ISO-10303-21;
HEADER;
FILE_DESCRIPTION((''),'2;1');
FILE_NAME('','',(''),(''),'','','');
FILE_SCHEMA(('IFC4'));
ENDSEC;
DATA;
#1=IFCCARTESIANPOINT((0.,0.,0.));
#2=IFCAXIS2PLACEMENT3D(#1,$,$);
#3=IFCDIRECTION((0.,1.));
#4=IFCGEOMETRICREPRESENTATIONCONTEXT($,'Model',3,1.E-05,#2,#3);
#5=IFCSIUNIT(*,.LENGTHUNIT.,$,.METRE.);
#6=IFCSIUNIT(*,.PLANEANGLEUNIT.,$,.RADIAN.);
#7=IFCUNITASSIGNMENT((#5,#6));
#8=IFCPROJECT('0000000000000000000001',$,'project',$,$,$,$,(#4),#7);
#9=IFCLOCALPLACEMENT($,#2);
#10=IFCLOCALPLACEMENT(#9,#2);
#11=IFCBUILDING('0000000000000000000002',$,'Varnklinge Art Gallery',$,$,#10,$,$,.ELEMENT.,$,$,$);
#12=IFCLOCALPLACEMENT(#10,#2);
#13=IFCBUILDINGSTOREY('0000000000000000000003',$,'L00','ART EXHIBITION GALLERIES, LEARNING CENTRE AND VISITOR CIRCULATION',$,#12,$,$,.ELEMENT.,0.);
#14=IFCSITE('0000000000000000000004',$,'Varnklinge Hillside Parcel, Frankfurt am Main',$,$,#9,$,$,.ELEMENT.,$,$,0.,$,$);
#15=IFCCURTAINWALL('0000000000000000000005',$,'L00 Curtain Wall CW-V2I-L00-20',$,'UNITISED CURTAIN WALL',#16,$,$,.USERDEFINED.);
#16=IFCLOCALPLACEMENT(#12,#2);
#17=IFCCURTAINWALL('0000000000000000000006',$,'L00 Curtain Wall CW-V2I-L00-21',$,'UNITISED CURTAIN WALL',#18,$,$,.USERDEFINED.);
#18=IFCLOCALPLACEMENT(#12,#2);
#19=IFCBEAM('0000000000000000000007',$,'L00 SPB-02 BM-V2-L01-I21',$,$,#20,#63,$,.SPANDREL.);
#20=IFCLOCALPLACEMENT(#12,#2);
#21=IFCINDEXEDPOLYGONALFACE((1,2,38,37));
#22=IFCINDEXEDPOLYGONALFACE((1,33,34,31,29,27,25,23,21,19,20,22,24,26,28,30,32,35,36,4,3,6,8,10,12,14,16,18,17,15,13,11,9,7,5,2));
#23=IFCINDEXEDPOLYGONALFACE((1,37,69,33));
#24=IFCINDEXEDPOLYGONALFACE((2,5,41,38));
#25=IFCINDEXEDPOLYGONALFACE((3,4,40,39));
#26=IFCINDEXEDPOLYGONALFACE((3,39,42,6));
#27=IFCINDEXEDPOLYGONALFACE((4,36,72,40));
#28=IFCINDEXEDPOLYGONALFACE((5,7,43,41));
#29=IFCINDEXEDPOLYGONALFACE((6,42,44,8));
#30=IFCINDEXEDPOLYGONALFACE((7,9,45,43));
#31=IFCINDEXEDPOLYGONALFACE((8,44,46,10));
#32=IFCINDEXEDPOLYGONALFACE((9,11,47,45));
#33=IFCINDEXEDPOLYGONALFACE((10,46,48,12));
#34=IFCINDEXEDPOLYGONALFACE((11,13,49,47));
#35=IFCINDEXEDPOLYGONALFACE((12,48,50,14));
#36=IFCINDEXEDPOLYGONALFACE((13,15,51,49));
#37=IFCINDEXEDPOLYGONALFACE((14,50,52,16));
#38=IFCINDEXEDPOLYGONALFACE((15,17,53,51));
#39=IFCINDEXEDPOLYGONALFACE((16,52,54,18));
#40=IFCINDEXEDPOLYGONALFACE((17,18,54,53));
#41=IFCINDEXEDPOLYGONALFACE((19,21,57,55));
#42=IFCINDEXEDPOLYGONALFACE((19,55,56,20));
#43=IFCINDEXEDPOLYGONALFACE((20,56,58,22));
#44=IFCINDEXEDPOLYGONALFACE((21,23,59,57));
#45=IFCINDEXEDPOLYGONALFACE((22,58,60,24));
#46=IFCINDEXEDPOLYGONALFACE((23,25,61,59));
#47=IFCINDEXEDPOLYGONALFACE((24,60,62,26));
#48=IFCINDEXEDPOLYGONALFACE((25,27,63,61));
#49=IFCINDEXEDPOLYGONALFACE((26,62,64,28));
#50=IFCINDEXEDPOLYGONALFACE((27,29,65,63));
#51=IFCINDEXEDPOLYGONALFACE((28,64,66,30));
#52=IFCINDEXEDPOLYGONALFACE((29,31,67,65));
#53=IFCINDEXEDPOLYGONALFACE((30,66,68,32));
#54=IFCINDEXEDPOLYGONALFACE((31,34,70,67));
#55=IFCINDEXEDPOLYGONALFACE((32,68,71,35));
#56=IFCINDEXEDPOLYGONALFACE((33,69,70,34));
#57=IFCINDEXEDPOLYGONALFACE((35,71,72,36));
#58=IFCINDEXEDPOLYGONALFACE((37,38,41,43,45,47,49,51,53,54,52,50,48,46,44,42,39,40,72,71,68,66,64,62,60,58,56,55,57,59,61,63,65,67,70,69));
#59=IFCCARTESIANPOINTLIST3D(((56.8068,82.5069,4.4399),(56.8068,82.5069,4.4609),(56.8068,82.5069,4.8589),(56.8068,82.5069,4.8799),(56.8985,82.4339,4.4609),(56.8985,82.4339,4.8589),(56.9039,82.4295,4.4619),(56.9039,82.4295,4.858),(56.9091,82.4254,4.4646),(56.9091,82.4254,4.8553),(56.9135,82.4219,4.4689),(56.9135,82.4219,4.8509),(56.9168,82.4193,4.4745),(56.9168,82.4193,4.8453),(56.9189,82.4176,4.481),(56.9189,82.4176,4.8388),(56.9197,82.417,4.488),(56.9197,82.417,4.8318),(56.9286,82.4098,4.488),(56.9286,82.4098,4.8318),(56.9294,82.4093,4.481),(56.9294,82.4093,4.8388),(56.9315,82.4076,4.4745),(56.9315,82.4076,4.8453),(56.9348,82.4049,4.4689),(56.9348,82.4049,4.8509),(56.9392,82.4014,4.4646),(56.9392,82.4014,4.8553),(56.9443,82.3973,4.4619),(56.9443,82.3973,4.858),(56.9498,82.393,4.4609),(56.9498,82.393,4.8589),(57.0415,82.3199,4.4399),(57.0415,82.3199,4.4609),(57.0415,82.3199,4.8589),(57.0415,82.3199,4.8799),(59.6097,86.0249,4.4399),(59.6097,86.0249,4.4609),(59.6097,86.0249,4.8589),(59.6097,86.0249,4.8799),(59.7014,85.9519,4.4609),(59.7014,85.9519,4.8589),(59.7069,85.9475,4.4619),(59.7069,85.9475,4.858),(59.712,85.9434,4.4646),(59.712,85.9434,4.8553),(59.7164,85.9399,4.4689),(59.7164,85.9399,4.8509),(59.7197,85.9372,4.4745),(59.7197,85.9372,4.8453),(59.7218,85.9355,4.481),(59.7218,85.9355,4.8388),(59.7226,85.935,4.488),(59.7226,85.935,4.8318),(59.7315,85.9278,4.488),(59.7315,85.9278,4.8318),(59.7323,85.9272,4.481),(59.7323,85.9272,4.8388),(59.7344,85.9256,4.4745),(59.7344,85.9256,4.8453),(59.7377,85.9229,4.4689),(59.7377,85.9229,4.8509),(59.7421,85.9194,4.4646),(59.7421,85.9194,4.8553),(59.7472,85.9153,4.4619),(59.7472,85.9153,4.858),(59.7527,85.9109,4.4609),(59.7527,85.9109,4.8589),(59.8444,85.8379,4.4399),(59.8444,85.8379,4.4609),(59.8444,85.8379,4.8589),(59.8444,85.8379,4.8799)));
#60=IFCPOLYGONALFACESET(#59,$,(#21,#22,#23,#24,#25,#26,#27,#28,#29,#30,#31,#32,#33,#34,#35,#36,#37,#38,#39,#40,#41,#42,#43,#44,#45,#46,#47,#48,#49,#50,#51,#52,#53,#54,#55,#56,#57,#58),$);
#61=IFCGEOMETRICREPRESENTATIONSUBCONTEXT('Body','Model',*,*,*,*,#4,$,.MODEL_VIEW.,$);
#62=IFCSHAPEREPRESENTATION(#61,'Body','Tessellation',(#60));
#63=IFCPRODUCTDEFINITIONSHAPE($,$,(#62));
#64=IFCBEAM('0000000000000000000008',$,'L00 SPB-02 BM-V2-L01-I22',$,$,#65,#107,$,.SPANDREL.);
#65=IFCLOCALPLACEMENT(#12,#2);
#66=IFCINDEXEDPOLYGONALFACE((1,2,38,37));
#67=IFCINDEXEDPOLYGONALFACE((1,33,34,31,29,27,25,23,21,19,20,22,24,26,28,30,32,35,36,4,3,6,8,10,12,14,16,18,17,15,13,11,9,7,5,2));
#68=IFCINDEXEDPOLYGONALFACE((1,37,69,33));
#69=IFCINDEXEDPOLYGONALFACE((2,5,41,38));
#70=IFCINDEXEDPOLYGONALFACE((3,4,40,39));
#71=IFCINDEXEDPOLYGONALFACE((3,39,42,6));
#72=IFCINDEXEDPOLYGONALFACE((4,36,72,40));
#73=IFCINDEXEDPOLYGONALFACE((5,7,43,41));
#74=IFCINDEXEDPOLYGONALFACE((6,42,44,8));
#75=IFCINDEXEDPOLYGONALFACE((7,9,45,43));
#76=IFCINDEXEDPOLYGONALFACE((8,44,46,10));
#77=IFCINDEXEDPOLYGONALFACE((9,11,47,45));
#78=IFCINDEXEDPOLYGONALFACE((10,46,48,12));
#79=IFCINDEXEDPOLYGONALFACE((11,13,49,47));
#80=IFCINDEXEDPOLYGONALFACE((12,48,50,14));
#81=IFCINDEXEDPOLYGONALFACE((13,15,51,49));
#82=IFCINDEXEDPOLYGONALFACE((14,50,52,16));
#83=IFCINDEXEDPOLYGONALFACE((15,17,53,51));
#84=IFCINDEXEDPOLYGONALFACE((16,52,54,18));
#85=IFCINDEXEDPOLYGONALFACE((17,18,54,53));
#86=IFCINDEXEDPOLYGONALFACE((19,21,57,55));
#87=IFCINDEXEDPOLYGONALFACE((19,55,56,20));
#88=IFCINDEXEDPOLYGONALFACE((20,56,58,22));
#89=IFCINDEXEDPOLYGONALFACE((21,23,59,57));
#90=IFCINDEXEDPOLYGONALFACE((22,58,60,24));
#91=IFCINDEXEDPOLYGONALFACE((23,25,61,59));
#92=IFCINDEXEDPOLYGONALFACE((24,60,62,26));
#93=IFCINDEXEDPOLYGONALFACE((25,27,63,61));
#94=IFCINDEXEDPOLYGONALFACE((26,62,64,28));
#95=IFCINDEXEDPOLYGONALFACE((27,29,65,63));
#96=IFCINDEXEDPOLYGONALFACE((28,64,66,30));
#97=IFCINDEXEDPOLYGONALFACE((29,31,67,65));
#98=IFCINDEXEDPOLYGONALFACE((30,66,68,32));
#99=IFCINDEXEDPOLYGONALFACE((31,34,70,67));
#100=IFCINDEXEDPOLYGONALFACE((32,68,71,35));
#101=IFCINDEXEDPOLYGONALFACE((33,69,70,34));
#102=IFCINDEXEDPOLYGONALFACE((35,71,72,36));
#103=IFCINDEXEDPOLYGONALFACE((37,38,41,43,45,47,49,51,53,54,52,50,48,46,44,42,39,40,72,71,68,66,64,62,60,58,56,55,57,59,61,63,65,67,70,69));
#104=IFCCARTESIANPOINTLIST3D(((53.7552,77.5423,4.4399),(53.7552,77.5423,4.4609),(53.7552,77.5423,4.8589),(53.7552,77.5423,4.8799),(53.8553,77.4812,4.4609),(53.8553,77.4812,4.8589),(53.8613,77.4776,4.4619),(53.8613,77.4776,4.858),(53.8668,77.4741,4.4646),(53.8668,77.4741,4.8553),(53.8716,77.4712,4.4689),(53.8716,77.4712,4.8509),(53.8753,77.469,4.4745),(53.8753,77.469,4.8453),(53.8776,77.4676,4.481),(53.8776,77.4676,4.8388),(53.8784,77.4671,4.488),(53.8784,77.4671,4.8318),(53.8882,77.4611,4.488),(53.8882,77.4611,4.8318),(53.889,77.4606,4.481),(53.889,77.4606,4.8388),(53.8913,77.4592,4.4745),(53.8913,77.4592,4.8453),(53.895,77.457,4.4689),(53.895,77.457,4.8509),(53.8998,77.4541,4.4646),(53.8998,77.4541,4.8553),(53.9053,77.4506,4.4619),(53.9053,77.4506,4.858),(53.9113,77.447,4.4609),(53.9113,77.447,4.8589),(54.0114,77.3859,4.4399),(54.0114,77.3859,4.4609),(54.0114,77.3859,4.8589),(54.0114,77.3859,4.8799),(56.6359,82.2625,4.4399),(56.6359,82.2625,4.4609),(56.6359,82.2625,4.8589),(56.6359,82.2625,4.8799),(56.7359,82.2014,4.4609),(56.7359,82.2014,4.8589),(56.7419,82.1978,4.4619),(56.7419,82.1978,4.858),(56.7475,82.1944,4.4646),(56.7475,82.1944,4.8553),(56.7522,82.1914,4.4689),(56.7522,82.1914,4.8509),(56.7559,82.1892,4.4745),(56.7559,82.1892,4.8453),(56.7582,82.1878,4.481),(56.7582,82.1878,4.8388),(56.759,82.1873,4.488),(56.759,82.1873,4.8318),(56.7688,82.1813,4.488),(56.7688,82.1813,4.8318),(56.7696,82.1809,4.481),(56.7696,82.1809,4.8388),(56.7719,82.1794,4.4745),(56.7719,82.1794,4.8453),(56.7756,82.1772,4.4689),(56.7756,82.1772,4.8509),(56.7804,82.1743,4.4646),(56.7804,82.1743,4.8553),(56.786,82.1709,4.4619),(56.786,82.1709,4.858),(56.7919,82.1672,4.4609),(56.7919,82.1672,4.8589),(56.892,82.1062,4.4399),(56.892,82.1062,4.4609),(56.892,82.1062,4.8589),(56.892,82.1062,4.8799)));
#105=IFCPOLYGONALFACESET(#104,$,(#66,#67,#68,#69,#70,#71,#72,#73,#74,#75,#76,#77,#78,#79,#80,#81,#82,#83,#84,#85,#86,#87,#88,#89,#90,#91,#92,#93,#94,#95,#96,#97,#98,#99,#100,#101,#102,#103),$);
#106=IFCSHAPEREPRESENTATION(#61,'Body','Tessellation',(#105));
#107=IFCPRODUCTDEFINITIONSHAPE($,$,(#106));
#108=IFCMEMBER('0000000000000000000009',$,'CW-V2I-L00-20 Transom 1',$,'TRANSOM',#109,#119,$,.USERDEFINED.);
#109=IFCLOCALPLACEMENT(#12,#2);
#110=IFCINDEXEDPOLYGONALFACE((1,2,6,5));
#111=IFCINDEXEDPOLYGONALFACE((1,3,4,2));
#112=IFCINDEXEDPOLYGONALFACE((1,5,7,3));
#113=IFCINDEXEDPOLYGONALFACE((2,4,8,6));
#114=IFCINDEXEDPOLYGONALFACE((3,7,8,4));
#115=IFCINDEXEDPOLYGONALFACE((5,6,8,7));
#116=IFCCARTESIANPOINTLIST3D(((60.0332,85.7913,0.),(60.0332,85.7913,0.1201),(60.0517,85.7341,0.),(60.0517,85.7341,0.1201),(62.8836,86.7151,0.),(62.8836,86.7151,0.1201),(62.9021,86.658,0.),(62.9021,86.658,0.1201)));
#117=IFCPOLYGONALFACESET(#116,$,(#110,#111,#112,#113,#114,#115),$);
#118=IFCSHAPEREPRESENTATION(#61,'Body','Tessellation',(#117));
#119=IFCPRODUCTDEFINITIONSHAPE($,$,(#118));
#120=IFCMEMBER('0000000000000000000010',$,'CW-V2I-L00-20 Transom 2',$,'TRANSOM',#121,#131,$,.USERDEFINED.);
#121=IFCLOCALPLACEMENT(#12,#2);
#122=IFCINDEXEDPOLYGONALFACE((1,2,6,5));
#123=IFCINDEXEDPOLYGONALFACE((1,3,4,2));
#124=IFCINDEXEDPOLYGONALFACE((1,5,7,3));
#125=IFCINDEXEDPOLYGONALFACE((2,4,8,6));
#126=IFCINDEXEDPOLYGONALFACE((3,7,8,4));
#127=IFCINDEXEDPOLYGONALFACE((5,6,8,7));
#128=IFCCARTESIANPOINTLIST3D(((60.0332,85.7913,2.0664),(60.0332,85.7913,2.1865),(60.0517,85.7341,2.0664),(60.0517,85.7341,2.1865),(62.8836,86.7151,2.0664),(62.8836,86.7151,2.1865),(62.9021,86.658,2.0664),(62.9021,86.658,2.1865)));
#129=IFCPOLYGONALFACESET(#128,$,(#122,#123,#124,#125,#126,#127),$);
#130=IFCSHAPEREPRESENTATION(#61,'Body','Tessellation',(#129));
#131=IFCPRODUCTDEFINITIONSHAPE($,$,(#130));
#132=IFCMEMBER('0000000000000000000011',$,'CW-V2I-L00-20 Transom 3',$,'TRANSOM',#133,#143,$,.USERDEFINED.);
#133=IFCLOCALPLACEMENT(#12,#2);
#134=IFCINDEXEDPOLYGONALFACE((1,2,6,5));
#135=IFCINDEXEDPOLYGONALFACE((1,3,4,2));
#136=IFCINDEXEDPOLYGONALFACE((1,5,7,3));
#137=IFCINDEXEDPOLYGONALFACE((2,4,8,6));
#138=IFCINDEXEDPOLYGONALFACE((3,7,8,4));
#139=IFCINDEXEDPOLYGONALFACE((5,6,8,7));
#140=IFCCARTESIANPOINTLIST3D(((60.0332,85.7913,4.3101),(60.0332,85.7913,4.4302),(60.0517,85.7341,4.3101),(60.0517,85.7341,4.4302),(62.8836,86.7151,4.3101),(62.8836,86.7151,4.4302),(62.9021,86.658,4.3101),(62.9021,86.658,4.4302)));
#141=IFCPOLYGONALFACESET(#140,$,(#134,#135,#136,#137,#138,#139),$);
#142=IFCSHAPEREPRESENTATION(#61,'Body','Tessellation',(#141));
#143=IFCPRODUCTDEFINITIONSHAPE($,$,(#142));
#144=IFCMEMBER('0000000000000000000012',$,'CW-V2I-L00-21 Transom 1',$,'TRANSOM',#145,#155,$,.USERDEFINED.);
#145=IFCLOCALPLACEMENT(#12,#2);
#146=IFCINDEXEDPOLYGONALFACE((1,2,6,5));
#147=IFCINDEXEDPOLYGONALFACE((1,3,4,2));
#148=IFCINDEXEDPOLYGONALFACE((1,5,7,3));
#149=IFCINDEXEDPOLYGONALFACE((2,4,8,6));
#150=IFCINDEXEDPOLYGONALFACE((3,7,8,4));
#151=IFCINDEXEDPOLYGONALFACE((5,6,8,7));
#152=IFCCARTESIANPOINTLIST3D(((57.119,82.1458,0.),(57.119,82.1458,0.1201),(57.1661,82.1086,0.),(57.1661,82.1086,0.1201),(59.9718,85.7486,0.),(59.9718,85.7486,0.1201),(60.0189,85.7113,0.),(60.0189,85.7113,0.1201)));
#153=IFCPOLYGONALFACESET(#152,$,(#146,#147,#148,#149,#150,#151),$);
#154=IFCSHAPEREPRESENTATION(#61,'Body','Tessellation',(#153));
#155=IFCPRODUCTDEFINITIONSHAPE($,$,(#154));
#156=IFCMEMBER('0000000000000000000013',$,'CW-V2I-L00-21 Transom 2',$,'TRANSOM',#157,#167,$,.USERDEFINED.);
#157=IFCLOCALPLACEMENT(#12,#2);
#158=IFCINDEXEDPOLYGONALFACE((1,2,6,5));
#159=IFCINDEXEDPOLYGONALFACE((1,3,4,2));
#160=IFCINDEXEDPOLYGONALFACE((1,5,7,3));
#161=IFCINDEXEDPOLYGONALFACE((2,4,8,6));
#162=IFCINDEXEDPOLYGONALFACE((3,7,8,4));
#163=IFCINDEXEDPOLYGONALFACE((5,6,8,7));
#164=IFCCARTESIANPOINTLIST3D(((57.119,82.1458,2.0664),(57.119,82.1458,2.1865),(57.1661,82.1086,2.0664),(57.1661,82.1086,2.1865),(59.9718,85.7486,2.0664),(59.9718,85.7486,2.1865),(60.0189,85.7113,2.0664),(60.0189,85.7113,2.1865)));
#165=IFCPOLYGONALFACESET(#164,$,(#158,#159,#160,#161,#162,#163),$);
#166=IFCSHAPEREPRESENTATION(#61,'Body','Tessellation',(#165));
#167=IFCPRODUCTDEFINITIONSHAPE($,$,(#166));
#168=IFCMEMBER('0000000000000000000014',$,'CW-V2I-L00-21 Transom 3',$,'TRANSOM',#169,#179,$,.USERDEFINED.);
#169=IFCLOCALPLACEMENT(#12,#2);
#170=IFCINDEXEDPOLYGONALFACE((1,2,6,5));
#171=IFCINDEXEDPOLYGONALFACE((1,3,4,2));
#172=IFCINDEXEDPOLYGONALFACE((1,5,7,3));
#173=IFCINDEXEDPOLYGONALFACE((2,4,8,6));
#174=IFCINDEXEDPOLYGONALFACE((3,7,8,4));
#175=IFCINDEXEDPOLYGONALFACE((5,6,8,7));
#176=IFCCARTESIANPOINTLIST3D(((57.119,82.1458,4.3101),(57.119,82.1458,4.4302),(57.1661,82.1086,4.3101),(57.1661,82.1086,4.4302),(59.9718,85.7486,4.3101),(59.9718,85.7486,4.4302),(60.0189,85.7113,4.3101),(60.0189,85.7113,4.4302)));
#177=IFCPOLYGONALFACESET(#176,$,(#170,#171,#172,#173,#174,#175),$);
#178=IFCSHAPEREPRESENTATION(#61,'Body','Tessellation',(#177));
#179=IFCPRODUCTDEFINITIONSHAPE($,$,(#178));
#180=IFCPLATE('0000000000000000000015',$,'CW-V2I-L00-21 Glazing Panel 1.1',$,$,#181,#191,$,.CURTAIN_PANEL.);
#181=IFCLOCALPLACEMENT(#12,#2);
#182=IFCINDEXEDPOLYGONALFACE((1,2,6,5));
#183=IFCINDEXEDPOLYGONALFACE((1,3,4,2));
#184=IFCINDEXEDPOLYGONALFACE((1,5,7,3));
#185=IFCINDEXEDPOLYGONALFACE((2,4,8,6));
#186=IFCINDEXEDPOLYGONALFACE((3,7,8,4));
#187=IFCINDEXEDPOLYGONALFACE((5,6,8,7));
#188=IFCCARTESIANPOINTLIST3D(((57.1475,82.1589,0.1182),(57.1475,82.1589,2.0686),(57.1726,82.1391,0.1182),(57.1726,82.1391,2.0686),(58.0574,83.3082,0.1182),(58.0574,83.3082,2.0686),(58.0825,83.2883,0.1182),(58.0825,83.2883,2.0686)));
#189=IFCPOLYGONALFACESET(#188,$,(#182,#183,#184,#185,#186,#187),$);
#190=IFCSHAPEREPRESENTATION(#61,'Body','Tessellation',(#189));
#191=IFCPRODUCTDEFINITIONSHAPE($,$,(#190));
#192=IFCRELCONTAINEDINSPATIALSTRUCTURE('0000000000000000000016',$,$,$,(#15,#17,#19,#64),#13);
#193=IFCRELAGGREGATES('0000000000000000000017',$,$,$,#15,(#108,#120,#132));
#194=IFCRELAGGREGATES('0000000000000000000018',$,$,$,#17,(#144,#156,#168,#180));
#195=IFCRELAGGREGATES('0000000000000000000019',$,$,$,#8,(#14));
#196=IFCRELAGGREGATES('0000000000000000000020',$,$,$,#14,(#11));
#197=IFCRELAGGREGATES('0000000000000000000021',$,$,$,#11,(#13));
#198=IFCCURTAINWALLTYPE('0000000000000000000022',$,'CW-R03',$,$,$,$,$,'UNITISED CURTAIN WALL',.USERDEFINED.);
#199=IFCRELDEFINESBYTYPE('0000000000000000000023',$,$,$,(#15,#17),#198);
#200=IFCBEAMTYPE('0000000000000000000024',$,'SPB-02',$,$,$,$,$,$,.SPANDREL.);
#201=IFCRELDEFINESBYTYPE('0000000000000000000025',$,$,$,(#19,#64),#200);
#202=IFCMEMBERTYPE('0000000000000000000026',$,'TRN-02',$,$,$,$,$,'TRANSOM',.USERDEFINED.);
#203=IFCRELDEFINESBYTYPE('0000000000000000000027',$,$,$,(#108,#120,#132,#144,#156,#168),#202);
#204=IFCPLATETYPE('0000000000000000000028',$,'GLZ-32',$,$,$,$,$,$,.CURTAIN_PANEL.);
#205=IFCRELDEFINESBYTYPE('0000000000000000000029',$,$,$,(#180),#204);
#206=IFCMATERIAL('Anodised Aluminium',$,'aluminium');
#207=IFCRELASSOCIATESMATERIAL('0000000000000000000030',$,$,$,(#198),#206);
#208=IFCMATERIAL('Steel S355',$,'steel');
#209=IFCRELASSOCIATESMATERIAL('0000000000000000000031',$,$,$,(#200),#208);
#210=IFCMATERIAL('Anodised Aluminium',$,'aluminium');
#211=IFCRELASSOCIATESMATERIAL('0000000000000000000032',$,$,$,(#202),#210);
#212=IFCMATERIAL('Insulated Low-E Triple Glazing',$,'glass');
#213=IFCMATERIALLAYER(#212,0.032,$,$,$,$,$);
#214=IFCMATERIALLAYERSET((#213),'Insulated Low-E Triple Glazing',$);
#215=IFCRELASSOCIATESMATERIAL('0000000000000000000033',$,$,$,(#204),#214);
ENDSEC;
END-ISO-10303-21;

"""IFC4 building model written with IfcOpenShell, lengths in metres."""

from ifc_helpers import new_model, si_unit, direction, frame, origin, origin_2d, place, context, subcontext, project, spatial, rectangle, i_section, extrude, material, layer, layer_set, material_profile, profile_set, type_object, element, aggregate, save


model = new_model("IFC4")

# Units and contexts
model_context = context("Model", 3, precision=1e-05, world=origin(), true_north=direction((0.0, 1.0)))
body_context = subcontext(model_context, "Body", "Model", "MODEL_VIEW")
ifc_project = project(units=[si_unit("LENGTHUNIT", "METRE"), si_unit("PLANEANGLEUNIT", "RADIAN")], contexts=[model_context])

# Site, building, storey
site_placement = place(None, origin())
site = spatial("IfcSite", under=ifc_project, at=site_placement, Name="Varnklinge Hillside Parcel, Frankfurt am Main", CompositionType="ELEMENT", RefElevation=0.0)
building_placement = place(site_placement, origin())
building = spatial("IfcBuilding", under=site, at=building_placement, Name="Varnklinge Art Gallery", CompositionType="ELEMENT")
storey_placement = place(building_placement, origin())
storey = spatial("IfcBuildingStorey", under=building, at=storey_placement, Name="L00", Description="ART EXHIBITION GALLERIES, LEARNING CENTRE AND VISITOR CIRCULATION", CompositionType="ELEMENT", Elevation=0.0)

# Curtain wall
ifc_material_1 = material(Name="Anodised Aluminium", Category="aluminium")
curtain_wall_type = type_object("IfcCurtainWallType", Name="CW-R03", ElementType="UNITISED CURTAIN WALL", PredefinedType="USERDEFINED", material=ifc_material_1)
curtain_wall_1_placement = place(storey_placement, origin())
curtain_wall_1 = element("IfcCurtainWall", 1, at=curtain_wall_1_placement, inside=storey, type_object=curtain_wall_type, Name="L00 Curtain Wall CW-V2I-L00-20", ObjectType="UNITISED CURTAIN WALL", PredefinedType="USERDEFINED")

# Curtain wall
curtain_wall_2_placement = place(storey_placement, origin())
curtain_wall_2 = element("IfcCurtainWall", 2, at=curtain_wall_2_placement, inside=storey, type_object=curtain_wall_type, Name="L00 Curtain Wall CW-V2I-L00-21", ObjectType="UNITISED CURTAIN WALL", PredefinedType="USERDEFINED")

# Beams
ifc_material_2 = material(Name="Steel S355", Category="steel")
ifc_material_profile_1 = material_profile(ifc_material_2, i_section(OverallWidth=0.3, OverallDepth=0.4399, WebThickness=0.0115, FlangeThickness=0.021, FilletRadius=0.0271, at=origin_2d()), Name="HEA 450")
ifc_profile_set_1 = profile_set([ifc_material_profile_1], Name="Steel S355")
beam_type = type_object("IfcBeamType", Name="SPB-02", PredefinedType="SPANDREL", material=ifc_profile_set_1)
beam_1_placement = place(storey_placement, frame((59.7271, 85.9314, 4.6599), z_axis=(-0.623138, -0.782112, 0.0), x_axis=(0.782112, -0.623138, 0.0)))
element("IfcBeam", 3, at=beam_1_placement, inside=storey, type_object=beam_type, Name="L00 SPB-02 BM-V2-L01-I21", PredefinedType="SPANDREL", context=body_context, shape_type="SweptSolid", body=[
    extrude(i_section(OverallWidth=0.3, OverallDepth=0.4399, WebThickness=0.0115, FlangeThickness=0.021, FilletRadius=0.0271, at=origin_2d()), origin(), (0.0, 0.0, 1.0), 4.498),
])
beam_2_placement = place(storey_placement, frame((56.7639, 82.1843, 4.6599), z_axis=(-0.520928, -0.8536, 0.0), x_axis=(0.8536, -0.520928, 0.0)))
element("IfcBeam", 4, at=beam_2_placement, inside=storey, type_object=beam_type, Name="L00 SPB-02 BM-V2-L01-I22", PredefinedType="SPANDREL", context=body_context, shape_type="SweptSolid", body=[
    extrude(i_section(OverallWidth=0.3, OverallDepth=0.4399, WebThickness=0.0115, FlangeThickness=0.021, FilletRadius=0.0271, at=origin_2d()), origin(), (0.0, 0.0, 1.0), 5.5298),
])

# Members
ifc_material_3 = material(Name="Anodised Aluminium", Category="aluminium")
ifc_material_profile_2 = material_profile(ifc_material_3, rectangle(XDim=0.0601, YDim=0.1201, at=origin_2d()), Name="ALU 60x120")
ifc_profile_set_2 = profile_set([ifc_material_profile_2], Name="Anodised Aluminium")
member_type_1 = type_object("IfcMemberType", Name="TRN-02", ElementType="TRANSOM", PredefinedType="USERDEFINED", material=ifc_profile_set_2)
member_1_placement = place(storey_placement, frame((60.0425, 85.7627, 0.0601), z_axis=(0.951282, 0.308321, 0.0), x_axis=(-0.308321, 0.951282, 0.0)))
member_1 = element("IfcMember", 5, at=member_1_placement, type_object=member_type_1, Name="CW-V2I-L00-20 Transom 1", ObjectType="TRANSOM", PredefinedType="USERDEFINED", context=body_context, shape_type="SweptSolid", body=[
    extrude(rectangle(XDim=0.0601, YDim=0.1201, at=origin_2d()), origin(), (0.0, 0.0, 1.0), 2.9963),
])
member_2_placement = place(storey_placement, frame((60.0425, 85.7627, 2.1265), z_axis=(0.951282, 0.308321, 0.0), x_axis=(-0.308321, 0.951282, 0.0)))
member_2 = element("IfcMember", 6, at=member_2_placement, type_object=member_type_1, Name="CW-V2I-L00-20 Transom 2", ObjectType="TRANSOM", PredefinedType="USERDEFINED", context=body_context, shape_type="SweptSolid", body=[
    extrude(rectangle(XDim=0.0601, YDim=0.1201, at=origin_2d()), origin(), (0.0, 0.0, 1.0), 2.9963),
])
member_3_placement = place(storey_placement, frame((60.0425, 85.7627, 4.3701), z_axis=(0.951282, 0.308321, 0.0), x_axis=(-0.308321, 0.951282, 0.0)))
member_3 = element("IfcMember", 7, at=member_3_placement, type_object=member_type_1, Name="CW-V2I-L00-20 Transom 3", ObjectType="TRANSOM", PredefinedType="USERDEFINED", context=body_context, shape_type="SweptSolid", body=[
    extrude(rectangle(XDim=0.0601, YDim=0.1201, at=origin_2d()), origin(), (0.0, 0.0, 1.0), 2.9963),
])
aggregate(curtain_wall_1, [member_1, member_2, member_3])
member_4_placement = place(storey_placement, frame((57.1426, 82.1272, 0.0601), z_axis=(0.620781, 0.783984, 0.0), x_axis=(-0.783984, 0.620781, 0.0)))
member_4 = element("IfcMember", 8, at=member_4_placement, type_object=member_type_1, Name="CW-V2I-L00-21 Transom 1", ObjectType="TRANSOM", PredefinedType="USERDEFINED", context=body_context, shape_type="SweptSolid", body=[
    extrude(rectangle(XDim=0.0601, YDim=0.1201, at=origin_2d()), origin(), (0.0, 0.0, 1.0), 4.5955),
])
member_5_placement = place(storey_placement, frame((57.1426, 82.1272, 2.1265), z_axis=(0.620781, 0.783984, 0.0), x_axis=(-0.783984, 0.620781, 0.0)))
member_5 = element("IfcMember", 9, at=member_5_placement, type_object=member_type_1, Name="CW-V2I-L00-21 Transom 2", ObjectType="TRANSOM", PredefinedType="USERDEFINED", context=body_context, shape_type="SweptSolid", body=[
    extrude(rectangle(XDim=0.0601, YDim=0.1201, at=origin_2d()), origin(), (0.0, 0.0, 1.0), 4.5955),
])
member_6_placement = place(storey_placement, frame((57.1426, 82.1272, 4.3701), z_axis=(0.620781, 0.783984, 0.0), x_axis=(-0.783984, 0.620781, 0.0)))
member_6 = element("IfcMember", 10, at=member_6_placement, type_object=member_type_1, Name="CW-V2I-L00-21 Transom 3", ObjectType="TRANSOM", PredefinedType="USERDEFINED", context=body_context, shape_type="SweptSolid", body=[
    extrude(rectangle(XDim=0.0601, YDim=0.1201, at=origin_2d()), origin(), (0.0, 0.0, 1.0), 4.5955),
])

# Plate
ifc_material_4 = material(Name="Insulated Low-E Triple Glazing", Category="glass")
ifc_layer = layer(ifc_material_4, 0.032)
ifc_layer_set = layer_set([ifc_layer], Name="Insulated Low-E Triple Glazing")
plate_type = type_object("IfcPlateType", Name="GLZ-32", PredefinedType="CURTAIN_PANEL", material=ifc_layer_set)
plate_1_placement = place(storey_placement, frame((57.615, 82.7236, 0.1182), z_axis=(0.0, 0.0, 1.0), x_axis=(0.620737, 0.784019, 0.0)))
plate_1 = element("IfcPlate", 11, at=plate_1_placement, type_object=plate_type, Name="CW-V2I-L00-21 Glazing Panel 1.1", PredefinedType="CURTAIN_PANEL", context=body_context, shape_type="SweptSolid", body=[
    extrude(rectangle(XDim=1.4658, YDim=0.032, at=origin_2d()), origin(), (0.0, 0.0, 1.0), 1.9504),
])
aggregate(curtain_wall_2, [member_4, member_5, member_6, plate_1])

save(model, "model.ifc")
